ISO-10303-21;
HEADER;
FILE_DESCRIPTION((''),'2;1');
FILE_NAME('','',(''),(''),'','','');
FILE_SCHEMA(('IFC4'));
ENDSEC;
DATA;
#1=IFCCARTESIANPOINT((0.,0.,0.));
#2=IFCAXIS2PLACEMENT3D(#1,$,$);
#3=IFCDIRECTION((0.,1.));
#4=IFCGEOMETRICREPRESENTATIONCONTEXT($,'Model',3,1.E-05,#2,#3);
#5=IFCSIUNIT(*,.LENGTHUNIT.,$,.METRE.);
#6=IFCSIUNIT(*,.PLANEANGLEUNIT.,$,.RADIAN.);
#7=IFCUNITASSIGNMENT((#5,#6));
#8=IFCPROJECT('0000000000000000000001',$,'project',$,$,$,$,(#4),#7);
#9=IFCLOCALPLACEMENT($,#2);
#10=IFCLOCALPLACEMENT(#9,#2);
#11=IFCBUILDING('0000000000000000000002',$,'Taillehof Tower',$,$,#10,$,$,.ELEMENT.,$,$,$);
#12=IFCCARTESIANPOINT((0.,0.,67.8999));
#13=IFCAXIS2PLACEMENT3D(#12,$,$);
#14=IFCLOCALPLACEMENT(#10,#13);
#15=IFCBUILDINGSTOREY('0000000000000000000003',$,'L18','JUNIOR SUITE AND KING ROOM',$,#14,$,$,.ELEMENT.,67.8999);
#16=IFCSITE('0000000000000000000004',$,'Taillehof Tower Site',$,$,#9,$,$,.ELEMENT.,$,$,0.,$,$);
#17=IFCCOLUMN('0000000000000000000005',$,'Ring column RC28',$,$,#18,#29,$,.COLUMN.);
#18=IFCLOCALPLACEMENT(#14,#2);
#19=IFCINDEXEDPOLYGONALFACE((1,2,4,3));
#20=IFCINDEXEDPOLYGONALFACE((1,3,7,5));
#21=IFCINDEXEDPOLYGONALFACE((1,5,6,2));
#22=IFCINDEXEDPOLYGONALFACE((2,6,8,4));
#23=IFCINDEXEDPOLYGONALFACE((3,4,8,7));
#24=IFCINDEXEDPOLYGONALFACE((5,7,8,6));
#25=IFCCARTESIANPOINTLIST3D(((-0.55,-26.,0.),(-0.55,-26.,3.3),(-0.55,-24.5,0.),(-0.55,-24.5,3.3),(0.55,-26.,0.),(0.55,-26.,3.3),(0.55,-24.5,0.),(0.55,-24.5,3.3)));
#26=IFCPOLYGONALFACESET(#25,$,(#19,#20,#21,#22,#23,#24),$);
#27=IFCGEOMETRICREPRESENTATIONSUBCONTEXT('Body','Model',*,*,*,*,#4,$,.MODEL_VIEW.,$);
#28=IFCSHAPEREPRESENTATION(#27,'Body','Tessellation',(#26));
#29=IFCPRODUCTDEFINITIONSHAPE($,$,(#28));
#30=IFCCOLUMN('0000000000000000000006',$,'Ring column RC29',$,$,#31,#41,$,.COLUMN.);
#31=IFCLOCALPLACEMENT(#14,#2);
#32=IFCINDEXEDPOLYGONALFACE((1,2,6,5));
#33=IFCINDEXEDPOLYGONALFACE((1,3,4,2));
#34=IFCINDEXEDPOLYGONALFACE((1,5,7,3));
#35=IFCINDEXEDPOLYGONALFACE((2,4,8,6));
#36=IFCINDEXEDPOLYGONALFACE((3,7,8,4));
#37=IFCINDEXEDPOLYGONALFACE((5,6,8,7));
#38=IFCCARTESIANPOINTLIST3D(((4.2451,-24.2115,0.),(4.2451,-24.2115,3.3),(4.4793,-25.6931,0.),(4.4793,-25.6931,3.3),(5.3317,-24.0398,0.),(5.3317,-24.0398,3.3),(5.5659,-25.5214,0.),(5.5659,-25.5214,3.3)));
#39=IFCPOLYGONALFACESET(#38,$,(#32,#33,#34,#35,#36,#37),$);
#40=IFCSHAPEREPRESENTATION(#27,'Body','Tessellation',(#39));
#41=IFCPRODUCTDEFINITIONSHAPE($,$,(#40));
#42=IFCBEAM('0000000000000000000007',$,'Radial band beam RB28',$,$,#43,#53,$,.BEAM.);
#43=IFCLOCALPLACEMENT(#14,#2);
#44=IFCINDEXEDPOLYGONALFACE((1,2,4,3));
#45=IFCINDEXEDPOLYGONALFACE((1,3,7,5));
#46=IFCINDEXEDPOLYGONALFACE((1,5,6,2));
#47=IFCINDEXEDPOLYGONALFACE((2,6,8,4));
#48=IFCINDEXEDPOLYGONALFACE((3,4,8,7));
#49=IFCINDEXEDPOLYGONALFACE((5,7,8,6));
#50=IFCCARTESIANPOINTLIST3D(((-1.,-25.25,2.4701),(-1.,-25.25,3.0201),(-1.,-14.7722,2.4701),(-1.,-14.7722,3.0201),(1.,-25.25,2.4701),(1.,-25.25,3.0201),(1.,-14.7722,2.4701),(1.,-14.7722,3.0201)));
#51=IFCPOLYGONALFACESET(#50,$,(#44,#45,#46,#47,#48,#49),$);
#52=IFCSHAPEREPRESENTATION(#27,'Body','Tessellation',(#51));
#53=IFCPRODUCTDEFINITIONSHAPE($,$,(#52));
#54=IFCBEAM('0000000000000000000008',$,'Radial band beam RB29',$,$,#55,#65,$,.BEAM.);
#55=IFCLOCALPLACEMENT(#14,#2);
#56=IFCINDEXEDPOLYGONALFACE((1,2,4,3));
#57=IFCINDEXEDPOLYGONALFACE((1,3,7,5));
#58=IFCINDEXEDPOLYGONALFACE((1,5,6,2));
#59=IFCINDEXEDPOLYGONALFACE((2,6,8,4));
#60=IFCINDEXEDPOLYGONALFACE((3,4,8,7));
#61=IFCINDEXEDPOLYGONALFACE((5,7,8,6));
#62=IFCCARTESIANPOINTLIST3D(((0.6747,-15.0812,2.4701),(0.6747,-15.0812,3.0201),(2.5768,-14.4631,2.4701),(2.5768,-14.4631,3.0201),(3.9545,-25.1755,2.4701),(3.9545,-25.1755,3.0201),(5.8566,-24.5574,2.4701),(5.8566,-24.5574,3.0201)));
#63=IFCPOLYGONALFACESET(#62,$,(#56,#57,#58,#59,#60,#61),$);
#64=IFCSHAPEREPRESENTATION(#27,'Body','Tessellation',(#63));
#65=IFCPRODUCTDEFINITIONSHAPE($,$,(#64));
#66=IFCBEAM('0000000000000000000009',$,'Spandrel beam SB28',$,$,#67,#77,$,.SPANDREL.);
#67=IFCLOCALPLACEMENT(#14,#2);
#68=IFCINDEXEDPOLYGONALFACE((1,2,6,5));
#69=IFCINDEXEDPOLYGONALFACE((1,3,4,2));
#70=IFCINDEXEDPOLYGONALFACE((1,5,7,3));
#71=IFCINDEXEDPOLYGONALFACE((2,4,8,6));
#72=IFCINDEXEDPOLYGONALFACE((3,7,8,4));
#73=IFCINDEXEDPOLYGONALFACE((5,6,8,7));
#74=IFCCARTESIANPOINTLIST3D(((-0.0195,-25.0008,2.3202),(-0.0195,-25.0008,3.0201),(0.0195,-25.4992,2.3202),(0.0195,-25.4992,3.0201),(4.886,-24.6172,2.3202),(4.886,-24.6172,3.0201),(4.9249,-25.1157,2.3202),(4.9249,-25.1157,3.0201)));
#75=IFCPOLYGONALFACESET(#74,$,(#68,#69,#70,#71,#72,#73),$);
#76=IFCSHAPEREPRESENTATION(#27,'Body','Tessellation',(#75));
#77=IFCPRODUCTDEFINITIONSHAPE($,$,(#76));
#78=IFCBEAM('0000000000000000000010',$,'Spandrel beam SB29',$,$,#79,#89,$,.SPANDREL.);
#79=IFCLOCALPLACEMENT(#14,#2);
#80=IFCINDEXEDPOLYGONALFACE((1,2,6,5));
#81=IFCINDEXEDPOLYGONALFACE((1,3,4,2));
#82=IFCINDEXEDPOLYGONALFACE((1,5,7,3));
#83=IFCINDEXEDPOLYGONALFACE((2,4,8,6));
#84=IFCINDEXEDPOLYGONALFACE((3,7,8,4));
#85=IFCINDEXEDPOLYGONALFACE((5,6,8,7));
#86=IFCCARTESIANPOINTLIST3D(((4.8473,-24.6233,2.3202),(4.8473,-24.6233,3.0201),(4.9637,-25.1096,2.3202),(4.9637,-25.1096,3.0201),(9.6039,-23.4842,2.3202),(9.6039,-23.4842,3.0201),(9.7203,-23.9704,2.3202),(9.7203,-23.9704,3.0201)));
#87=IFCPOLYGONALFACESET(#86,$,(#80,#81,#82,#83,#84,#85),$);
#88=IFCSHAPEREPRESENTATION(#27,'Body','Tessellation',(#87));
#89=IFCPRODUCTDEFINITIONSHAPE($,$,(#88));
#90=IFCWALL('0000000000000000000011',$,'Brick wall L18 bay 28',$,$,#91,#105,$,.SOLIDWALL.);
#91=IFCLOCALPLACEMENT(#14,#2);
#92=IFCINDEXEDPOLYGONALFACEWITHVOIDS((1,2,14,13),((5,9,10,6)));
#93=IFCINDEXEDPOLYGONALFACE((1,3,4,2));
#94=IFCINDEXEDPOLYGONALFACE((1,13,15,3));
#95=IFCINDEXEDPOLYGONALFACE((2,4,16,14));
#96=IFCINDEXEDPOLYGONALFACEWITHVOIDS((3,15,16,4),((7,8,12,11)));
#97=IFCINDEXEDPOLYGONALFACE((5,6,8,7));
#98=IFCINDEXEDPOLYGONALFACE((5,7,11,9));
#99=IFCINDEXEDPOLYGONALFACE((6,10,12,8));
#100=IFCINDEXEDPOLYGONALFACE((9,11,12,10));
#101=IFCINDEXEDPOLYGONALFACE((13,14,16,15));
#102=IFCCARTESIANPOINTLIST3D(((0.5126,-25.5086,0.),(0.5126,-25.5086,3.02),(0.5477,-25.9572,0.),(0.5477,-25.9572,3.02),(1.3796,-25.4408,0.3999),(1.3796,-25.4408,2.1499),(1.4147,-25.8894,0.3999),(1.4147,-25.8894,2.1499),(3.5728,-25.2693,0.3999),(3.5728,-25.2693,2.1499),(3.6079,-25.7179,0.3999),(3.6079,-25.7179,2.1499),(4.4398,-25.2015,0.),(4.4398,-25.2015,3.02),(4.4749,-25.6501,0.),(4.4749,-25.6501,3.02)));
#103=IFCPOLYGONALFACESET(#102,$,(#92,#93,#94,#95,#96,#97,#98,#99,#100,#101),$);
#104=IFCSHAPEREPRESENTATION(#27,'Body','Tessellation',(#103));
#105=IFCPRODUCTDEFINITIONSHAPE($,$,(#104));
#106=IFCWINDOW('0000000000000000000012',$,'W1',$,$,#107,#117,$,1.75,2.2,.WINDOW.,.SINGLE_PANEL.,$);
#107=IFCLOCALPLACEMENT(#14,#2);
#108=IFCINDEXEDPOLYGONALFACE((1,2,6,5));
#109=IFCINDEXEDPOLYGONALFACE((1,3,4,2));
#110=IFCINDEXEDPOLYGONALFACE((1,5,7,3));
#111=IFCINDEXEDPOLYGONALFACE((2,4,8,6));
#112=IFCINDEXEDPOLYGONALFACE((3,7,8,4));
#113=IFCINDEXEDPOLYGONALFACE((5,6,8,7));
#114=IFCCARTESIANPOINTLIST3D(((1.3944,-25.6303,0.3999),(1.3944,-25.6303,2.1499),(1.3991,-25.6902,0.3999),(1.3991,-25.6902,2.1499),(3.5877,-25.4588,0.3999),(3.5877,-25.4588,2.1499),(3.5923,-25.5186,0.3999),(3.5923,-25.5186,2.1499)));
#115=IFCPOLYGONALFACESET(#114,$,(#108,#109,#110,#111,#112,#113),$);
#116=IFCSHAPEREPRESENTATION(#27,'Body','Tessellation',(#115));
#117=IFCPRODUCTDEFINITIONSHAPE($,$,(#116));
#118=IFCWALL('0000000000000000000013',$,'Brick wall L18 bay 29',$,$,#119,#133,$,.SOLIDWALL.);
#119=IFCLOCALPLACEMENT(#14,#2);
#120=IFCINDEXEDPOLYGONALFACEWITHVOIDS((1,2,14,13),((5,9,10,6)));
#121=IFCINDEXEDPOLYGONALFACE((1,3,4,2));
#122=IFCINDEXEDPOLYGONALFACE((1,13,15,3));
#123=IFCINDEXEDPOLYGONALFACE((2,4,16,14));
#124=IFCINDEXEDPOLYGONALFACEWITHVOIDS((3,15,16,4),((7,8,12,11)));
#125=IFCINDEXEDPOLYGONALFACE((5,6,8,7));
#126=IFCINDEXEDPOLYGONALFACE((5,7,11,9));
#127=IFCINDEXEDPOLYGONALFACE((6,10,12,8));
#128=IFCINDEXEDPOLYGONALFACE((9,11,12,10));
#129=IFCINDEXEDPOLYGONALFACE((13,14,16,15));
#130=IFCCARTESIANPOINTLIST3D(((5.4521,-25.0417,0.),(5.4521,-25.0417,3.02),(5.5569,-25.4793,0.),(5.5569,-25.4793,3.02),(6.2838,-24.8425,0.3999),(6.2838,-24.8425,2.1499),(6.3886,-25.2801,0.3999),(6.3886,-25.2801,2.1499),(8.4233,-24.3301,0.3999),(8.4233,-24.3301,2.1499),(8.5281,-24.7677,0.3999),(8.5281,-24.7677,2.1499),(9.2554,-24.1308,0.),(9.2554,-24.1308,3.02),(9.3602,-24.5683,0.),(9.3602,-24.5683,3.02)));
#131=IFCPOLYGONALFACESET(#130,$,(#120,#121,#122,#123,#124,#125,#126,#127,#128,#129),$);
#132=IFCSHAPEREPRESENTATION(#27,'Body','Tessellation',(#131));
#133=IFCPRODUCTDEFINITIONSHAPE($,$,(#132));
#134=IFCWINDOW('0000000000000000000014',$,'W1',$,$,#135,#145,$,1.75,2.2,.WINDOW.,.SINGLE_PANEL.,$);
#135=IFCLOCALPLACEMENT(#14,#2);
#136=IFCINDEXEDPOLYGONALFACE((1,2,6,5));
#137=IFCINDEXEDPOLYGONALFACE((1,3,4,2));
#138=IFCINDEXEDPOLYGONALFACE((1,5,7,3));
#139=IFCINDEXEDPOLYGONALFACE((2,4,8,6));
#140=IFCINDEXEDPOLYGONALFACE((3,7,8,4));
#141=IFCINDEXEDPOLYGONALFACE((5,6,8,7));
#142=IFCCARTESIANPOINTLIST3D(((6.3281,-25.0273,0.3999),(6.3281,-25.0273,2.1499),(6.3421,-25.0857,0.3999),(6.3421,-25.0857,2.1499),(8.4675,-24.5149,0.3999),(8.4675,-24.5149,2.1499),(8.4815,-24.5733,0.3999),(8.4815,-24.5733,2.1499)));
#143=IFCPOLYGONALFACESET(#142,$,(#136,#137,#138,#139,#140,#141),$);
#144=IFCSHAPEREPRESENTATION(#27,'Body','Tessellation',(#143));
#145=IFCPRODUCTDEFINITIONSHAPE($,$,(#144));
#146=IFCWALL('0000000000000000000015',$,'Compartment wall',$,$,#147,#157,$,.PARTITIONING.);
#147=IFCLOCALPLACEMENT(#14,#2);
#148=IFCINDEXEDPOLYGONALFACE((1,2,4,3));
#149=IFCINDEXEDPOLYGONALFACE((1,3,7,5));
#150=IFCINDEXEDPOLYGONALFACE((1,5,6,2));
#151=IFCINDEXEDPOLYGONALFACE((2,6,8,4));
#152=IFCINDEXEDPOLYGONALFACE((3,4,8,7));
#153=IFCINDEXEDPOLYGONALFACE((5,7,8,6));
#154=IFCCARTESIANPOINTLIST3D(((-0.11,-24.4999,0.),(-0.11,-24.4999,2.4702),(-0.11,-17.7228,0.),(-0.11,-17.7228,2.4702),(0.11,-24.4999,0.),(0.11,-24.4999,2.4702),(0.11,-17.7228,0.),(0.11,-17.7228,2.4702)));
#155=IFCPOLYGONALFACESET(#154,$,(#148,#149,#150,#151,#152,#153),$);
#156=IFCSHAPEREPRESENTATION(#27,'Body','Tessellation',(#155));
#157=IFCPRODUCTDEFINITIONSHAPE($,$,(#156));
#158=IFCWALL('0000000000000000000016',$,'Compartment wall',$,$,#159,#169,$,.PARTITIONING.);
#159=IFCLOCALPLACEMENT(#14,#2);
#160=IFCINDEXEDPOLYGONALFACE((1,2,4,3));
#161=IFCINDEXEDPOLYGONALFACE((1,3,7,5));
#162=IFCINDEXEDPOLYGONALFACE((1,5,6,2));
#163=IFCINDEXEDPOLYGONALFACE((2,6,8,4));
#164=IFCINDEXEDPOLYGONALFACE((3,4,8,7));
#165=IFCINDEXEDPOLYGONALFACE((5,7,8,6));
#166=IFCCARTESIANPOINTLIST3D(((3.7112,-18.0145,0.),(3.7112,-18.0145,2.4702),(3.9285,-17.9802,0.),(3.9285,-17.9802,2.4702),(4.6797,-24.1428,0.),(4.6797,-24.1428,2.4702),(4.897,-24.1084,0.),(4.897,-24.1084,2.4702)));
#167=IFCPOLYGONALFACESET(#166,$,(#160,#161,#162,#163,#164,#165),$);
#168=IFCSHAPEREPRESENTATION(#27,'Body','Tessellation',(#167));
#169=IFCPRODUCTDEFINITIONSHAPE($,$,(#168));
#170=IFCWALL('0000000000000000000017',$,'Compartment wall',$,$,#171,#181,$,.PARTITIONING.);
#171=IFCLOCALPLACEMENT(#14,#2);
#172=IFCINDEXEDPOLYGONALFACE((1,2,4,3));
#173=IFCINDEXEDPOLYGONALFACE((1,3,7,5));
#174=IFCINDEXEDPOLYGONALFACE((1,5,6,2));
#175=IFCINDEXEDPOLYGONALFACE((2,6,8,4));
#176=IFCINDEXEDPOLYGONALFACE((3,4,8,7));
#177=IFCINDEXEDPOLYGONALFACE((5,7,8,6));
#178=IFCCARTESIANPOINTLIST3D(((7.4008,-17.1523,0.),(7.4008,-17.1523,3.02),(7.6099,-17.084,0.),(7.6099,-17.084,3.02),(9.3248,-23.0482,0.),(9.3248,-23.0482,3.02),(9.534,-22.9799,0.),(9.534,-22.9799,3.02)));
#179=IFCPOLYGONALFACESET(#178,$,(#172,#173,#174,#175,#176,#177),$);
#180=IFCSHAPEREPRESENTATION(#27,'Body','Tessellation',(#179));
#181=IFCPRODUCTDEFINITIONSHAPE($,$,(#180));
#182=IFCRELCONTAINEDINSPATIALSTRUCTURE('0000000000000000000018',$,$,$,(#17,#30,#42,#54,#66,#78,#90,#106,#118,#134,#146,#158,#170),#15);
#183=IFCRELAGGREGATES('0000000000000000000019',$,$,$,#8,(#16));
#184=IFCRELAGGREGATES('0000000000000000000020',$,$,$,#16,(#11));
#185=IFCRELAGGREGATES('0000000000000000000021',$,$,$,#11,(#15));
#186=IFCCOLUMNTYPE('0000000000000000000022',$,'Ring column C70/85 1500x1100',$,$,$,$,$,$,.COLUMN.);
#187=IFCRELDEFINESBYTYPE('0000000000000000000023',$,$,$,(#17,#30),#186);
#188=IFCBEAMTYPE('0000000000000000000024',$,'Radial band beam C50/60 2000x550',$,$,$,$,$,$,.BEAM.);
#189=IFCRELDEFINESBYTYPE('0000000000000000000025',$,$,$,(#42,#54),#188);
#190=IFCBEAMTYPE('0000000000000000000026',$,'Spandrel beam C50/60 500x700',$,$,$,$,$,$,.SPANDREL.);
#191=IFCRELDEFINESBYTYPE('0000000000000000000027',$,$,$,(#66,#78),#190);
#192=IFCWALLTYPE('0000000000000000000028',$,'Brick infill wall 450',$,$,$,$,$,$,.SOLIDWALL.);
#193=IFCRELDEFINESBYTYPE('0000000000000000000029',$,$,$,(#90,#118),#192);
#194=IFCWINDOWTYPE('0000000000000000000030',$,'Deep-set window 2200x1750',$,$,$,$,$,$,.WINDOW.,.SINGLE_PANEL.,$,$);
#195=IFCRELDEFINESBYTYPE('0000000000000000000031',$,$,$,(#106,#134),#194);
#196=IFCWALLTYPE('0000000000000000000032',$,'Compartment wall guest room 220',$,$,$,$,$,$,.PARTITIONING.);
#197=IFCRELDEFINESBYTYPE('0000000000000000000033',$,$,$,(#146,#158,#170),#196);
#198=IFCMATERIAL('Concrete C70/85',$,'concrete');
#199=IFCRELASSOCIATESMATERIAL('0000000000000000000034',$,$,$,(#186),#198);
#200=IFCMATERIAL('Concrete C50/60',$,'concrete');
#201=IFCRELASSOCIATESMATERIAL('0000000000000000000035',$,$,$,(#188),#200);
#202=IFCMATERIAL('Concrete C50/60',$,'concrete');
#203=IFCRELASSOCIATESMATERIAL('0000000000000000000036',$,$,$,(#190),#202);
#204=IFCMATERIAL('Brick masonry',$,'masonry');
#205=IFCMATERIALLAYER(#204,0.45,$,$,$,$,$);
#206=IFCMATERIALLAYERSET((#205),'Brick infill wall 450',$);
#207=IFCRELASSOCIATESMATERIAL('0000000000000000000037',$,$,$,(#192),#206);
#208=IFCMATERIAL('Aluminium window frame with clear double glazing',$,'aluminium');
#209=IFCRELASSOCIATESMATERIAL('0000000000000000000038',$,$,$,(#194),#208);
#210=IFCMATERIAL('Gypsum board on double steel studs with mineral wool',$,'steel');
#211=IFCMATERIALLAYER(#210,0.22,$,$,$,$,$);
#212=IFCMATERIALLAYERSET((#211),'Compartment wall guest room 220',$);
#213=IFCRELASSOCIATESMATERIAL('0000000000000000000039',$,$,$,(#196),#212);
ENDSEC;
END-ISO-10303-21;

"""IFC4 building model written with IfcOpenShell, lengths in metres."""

from ifc_helpers import new_model, si_unit, direction, frame, frame_2d, origin, origin_2d, place, context, subcontext, project, spatial, rectangle, extrude, material, layer, layer_set, material_profile, profile_set, type_object, element, fill, save


model = new_model("IFC4")

# Units and contexts
model_context = context("Model", 3, precision=1e-05, world=origin(), true_north=direction((0.0, 1.0)))
body_context = subcontext(model_context, "Body", "Model", "MODEL_VIEW")
ifc_project = project(units=[si_unit("LENGTHUNIT", "METRE"), si_unit("PLANEANGLEUNIT", "RADIAN")], contexts=[model_context])

# Site, building, storey
site_placement = place(None, origin())
site = spatial("IfcSite", under=ifc_project, at=site_placement, Name="Taillehof Tower Site", CompositionType="ELEMENT", RefElevation=0.0)
building_placement = place(site_placement, origin())
building = spatial("IfcBuilding", under=site, at=building_placement, Name="Taillehof Tower", CompositionType="ELEMENT")
storey_placement = place(building_placement, frame((0.0, 0.0, 67.8999)))
storey = spatial("IfcBuildingStorey", under=building, at=storey_placement, Name="L18", Description="JUNIOR SUITE AND KING ROOM", CompositionType="ELEMENT", Elevation=67.8999)

# Columns
ifc_material_1 = material(Name="Concrete C70/85", Category="concrete")
ifc_material_profile_1 = material_profile(ifc_material_1, rectangle(XDim=1.5, YDim=1.1001, at=origin_2d()), Name="RC 1500x1100")
ifc_profile_set_1 = profile_set([ifc_material_profile_1], Name="Concrete C70/85")
column_type = type_object("IfcColumnType", Name="Ring column C70/85 1500x1100", PredefinedType="COLUMN", material=ifc_profile_set_1)
for number, where, z_axis, x_axis, name in (
    (1, (0.0, -25.25, 0.0), (0.0, 0.0, 1.0), (0.0, -1.0, 0.0), "Ring column RC28"),
    (2, (4.9055, -24.8665, 0.0), (0.0, 0.0, 1.0), (0.156147, -0.987734, 0.0), "Ring column RC29"),
):
    element("IfcColumn", number, at=place(storey_placement, frame(where, z_axis=z_axis, x_axis=x_axis)), inside=storey, type_object=column_type, Name=name, PredefinedType="COLUMN", context=body_context, shape_type="SweptSolid", body=[
        extrude(rectangle(XDim=1.5, YDim=1.1001, at=origin_2d()), origin(), (0.0, 0.0, 1.0), 3.3),
    ])

# Beams
ifc_material_2 = material(Name="Concrete C50/60", Category="concrete")
ifc_material_profile_2 = material_profile(ifc_material_2, rectangle(XDim=2.0, YDim=0.55, at=origin_2d()), Name="RC 2000x550")
ifc_profile_set_2 = profile_set([ifc_material_profile_2], Name="Concrete C50/60")
beam_type_1 = type_object("IfcBeamType", Name="Radial band beam C50/60 2000x550", PredefinedType="BEAM", material=ifc_profile_set_2)
beam_1_placement = place(storey_placement, frame((0.0, -25.25, 2.7451), z_axis=(0.0, 1.0, 0.0), x_axis=(-1.0, 0.0, 0.0)))
element("IfcBeam", 3, at=beam_1_placement, inside=storey, type_object=beam_type_1, Name="Radial band beam RB28", PredefinedType="BEAM", context=body_context, shape_type="SweptSolid", body=[
    extrude(rectangle(XDim=2.0, YDim=0.55, at=origin_2d()), origin(), (0.0, 0.0, 1.0), 10.4778),
])
beam_2_placement = place(storey_placement, frame((4.9055, -24.8665, 2.7451), z_axis=(-0.309014, 0.951057, 0.0), x_axis=(-0.951057, -0.309014, 0.0)))
element("IfcBeam", 4, at=beam_2_placement, inside=storey, type_object=beam_type_1, Name="Radial band beam RB29", PredefinedType="BEAM", context=body_context, shape_type="SweptSolid", body=[
    extrude(rectangle(XDim=2.0, YDim=0.55, at=origin_2d()), origin(), (0.0, 0.0, 1.0), 10.6138),
])
ifc_material_3 = material(Name="Concrete C50/60", Category="concrete")
ifc_material_profile_3 = material_profile(ifc_material_3, rectangle(XDim=0.5, YDim=0.7, at=origin_2d()), Name="RC 500x700")
ifc_profile_set_3 = profile_set([ifc_material_profile_3], Name="Concrete C50/60")
beam_type_2 = type_object("IfcBeamType", Name="Spandrel beam C50/60 500x700", PredefinedType="SPANDREL", material=ifc_profile_set_3)
beam_3_placement = place(storey_placement, frame((0.0, -25.25, 2.6702), z_axis=(0.996957, 0.077949, 0.0), x_axis=(-0.077949, 0.996957, 0.0)))
element("IfcBeam", 5, at=beam_3_placement, inside=storey, type_object=beam_type_2, Name="Spandrel beam SB28", PredefinedType="SPANDREL", context=body_context, shape_type="SweptSolid", body=[
    extrude(rectangle(XDim=0.5, YDim=0.7, at=origin_2d()), origin(), (0.0, 0.0, 1.0), 4.9204),
])
beam_4_placement = place(storey_placement, frame((4.9055, -24.8665, 2.6702), z_axis=(0.9725, 0.232905, 0.0), x_axis=(-0.232905, 0.9725, 0.0)))
element("IfcBeam", 6, at=beam_4_placement, inside=storey, type_object=beam_type_2, Name="Spandrel beam SB29", PredefinedType="SPANDREL", context=body_context, shape_type="SweptSolid", body=[
    extrude(rectangle(XDim=0.5, YDim=0.7, at=origin_2d()), origin(), (0.0, 0.0, 1.0), 4.8911),
])

# Walls, openings, windows
ifc_material_4 = material(Name="Brick masonry", Category="masonry")
ifc_layer_1 = layer(ifc_material_4, 0.45)
ifc_layer_set_1 = layer_set([ifc_layer_1], Name="Brick infill wall 450")
wall_type_1 = type_object("IfcWallType", Name="Brick infill wall 450", PredefinedType="SOLIDWALL", material=ifc_layer_set_1)
wall_1_placement = place(storey_placement, frame((0.53, -25.7329, 0.0), z_axis=(0.0, 0.0, 1.0), x_axis=(0.996956, 0.077967, 0.0)))
wall_1 = element("IfcWall", 7, at=wall_1_placement, inside=storey, type_object=wall_type_1, Name="Brick wall L18 bay 28", PredefinedType="SOLIDWALL", context=body_context, shape_type="SweptSolid", body=[
    extrude(rectangle(XDim=3.9392, YDim=0.45, at=frame_2d((1.9697, 0.0))), origin(), (0.0, 0.0, 1.0), 3.02),
])
opening_1_placement = place(wall_1_placement, frame((0.8696, 0.0, 0.3999)))
opening_1 = element("IfcOpeningElement", 8, at=opening_1_placement, cuts=wall_1, PredefinedType="OPENING", context=body_context, shape_type="SweptSolid", body=[
    extrude(rectangle(XDim=2.2, YDim=1.75, at=frame_2d((1.1001, 0.875))), frame((0.0, 0.2349, 0.0), z_axis=(0.0, -1.0, 0.0), x_axis=(1.0, 0.0, 0.0)), (0.0, 0.0, 1.0), 0.47),
])
ifc_material_5 = material(Name="Aluminium window frame with clear double glazing", Category="aluminium")
window_type = type_object("IfcWindowType", Name="Deep-set window 2200x1750", PartitioningType="SINGLE_PANEL", PredefinedType="WINDOW", material=ifc_material_5)
window_1_placement = place(opening_1_placement, origin())
window_1 = element("IfcWindow", 9, at=window_1_placement, inside=storey, type_object=window_type, Name="W1", OverallHeight=1.75, OverallWidth=2.2, PartitioningType="SINGLE_PANEL", PredefinedType="WINDOW", context=body_context, shape_type="SweptSolid", body=[
    extrude(rectangle(XDim=2.2, YDim=1.75, at=frame_2d((1.1001, 0.875))), frame((0.0, 0.0349, 0.0), z_axis=(0.0, -1.0, 0.0), x_axis=(1.0, 0.0, 0.0)), (0.0, 0.0, 1.0), 0.0601),
])
fill(opening_1, window_1)
wall_2_placement = place(storey_placement, frame((5.5044, -25.2605, 0.0), z_axis=(0.0, 0.0, 1.0), x_axis=(0.972497, 0.232917, 0.0)))
wall_2 = element("IfcWall", 10, at=wall_2_placement, inside=storey, type_object=wall_type_1, Name="Brick wall L18 bay 29", PredefinedType="SOLIDWALL", context=body_context, shape_type="SweptSolid", body=[
    extrude(rectangle(XDim=3.9109, YDim=0.45, at=frame_2d((1.9556, 0.0))), origin(), (0.0, 0.0, 1.0), 3.02),
])
opening_2_placement = place(wall_2_placement, frame((0.8552, 0.0, 0.3999)))
opening_2 = element("IfcOpeningElement", 11, at=opening_2_placement, cuts=wall_2, PredefinedType="OPENING", context=body_context, shape_type="SweptSolid", body=[
    extrude(rectangle(XDim=2.2, YDim=1.75, at=frame_2d((1.1001, 0.875))), frame((0.0, 0.2349, 0.0), z_axis=(0.0, -1.0, 0.0), x_axis=(1.0, 0.0, 0.0)), (0.0, 0.0, 1.0), 0.47),
])
window_2_placement = place(opening_2_placement, origin())
window_2 = element("IfcWindow", 12, at=window_2_placement, inside=storey, type_object=window_type, Name="W1", OverallHeight=1.75, OverallWidth=2.2, PartitioningType="SINGLE_PANEL", PredefinedType="WINDOW", context=body_context, shape_type="SweptSolid", body=[
    extrude(rectangle(XDim=2.2, YDim=1.75, at=frame_2d((1.1001, 0.875))), frame((0.0, 0.0349, 0.0), z_axis=(0.0, -1.0, 0.0), x_axis=(1.0, 0.0, 0.0)), (0.0, 0.0, 1.0), 0.0601),
])
fill(opening_2, window_2)

# Walls
ifc_material_6 = material(Name="Gypsum board on double steel studs with mineral wool", Category="steel")
ifc_layer_2 = layer(ifc_material_6, 0.22)
ifc_layer_set_2 = layer_set([ifc_layer_2], Name="Compartment wall guest room 220")
wall_type_2 = type_object("IfcWallType", Name="Compartment wall guest room 220", PredefinedType="PARTITIONING", material=ifc_layer_set_2)
wall_3_placement = place(storey_placement, frame((0.0, -24.5, 0.0), z_axis=(0.0, 0.0, 1.0), x_axis=(0.0, 1.0, 0.0)))
element("IfcWall", 13, at=wall_3_placement, inside=storey, type_object=wall_type_2, Name="Compartment wall", PredefinedType="PARTITIONING", context=body_context, shape_type="SweptSolid", body=[
    extrude(rectangle(XDim=6.7771, YDim=0.22, at=frame_2d((3.3887, 0.0))), origin(), (0.0, 0.0, 1.0), 2.4702),
])
wall_4_placement = place(storey_placement, frame((4.7883, -24.1255, 0.0), z_axis=(0.0, 0.0, 1.0), x_axis=(-0.156104, 0.987741, 0.0)))
element("IfcWall", 14, at=wall_4_placement, inside=storey, type_object=wall_type_2, Name="Compartment wall", PredefinedType="PARTITIONING", context=body_context, shape_type="SweptSolid", body=[
    extrude(rectangle(XDim=6.2043, YDim=0.22, at=frame_2d((3.1021, 0.0))), origin(), (0.0, 0.0, 1.0), 2.4702),
])
wall_5_placement = place(storey_placement, frame((9.4294, -23.0142, 0.0), z_axis=(0.0, 0.0, 1.0), x_axis=(-0.310234, 0.95066, 0.0)))
element("IfcWall", 15, at=wall_5_placement, inside=storey, type_object=wall_type_2, Name="Compartment wall", PredefinedType="PARTITIONING", context=body_context, shape_type="SweptSolid", body=[
    extrude(rectangle(XDim=6.2019, YDim=0.22, at=frame_2d((3.1011, 0.0))), origin(), (0.0, 0.0, 1.0), 3.02),
])

save(model, "model.ifc")
